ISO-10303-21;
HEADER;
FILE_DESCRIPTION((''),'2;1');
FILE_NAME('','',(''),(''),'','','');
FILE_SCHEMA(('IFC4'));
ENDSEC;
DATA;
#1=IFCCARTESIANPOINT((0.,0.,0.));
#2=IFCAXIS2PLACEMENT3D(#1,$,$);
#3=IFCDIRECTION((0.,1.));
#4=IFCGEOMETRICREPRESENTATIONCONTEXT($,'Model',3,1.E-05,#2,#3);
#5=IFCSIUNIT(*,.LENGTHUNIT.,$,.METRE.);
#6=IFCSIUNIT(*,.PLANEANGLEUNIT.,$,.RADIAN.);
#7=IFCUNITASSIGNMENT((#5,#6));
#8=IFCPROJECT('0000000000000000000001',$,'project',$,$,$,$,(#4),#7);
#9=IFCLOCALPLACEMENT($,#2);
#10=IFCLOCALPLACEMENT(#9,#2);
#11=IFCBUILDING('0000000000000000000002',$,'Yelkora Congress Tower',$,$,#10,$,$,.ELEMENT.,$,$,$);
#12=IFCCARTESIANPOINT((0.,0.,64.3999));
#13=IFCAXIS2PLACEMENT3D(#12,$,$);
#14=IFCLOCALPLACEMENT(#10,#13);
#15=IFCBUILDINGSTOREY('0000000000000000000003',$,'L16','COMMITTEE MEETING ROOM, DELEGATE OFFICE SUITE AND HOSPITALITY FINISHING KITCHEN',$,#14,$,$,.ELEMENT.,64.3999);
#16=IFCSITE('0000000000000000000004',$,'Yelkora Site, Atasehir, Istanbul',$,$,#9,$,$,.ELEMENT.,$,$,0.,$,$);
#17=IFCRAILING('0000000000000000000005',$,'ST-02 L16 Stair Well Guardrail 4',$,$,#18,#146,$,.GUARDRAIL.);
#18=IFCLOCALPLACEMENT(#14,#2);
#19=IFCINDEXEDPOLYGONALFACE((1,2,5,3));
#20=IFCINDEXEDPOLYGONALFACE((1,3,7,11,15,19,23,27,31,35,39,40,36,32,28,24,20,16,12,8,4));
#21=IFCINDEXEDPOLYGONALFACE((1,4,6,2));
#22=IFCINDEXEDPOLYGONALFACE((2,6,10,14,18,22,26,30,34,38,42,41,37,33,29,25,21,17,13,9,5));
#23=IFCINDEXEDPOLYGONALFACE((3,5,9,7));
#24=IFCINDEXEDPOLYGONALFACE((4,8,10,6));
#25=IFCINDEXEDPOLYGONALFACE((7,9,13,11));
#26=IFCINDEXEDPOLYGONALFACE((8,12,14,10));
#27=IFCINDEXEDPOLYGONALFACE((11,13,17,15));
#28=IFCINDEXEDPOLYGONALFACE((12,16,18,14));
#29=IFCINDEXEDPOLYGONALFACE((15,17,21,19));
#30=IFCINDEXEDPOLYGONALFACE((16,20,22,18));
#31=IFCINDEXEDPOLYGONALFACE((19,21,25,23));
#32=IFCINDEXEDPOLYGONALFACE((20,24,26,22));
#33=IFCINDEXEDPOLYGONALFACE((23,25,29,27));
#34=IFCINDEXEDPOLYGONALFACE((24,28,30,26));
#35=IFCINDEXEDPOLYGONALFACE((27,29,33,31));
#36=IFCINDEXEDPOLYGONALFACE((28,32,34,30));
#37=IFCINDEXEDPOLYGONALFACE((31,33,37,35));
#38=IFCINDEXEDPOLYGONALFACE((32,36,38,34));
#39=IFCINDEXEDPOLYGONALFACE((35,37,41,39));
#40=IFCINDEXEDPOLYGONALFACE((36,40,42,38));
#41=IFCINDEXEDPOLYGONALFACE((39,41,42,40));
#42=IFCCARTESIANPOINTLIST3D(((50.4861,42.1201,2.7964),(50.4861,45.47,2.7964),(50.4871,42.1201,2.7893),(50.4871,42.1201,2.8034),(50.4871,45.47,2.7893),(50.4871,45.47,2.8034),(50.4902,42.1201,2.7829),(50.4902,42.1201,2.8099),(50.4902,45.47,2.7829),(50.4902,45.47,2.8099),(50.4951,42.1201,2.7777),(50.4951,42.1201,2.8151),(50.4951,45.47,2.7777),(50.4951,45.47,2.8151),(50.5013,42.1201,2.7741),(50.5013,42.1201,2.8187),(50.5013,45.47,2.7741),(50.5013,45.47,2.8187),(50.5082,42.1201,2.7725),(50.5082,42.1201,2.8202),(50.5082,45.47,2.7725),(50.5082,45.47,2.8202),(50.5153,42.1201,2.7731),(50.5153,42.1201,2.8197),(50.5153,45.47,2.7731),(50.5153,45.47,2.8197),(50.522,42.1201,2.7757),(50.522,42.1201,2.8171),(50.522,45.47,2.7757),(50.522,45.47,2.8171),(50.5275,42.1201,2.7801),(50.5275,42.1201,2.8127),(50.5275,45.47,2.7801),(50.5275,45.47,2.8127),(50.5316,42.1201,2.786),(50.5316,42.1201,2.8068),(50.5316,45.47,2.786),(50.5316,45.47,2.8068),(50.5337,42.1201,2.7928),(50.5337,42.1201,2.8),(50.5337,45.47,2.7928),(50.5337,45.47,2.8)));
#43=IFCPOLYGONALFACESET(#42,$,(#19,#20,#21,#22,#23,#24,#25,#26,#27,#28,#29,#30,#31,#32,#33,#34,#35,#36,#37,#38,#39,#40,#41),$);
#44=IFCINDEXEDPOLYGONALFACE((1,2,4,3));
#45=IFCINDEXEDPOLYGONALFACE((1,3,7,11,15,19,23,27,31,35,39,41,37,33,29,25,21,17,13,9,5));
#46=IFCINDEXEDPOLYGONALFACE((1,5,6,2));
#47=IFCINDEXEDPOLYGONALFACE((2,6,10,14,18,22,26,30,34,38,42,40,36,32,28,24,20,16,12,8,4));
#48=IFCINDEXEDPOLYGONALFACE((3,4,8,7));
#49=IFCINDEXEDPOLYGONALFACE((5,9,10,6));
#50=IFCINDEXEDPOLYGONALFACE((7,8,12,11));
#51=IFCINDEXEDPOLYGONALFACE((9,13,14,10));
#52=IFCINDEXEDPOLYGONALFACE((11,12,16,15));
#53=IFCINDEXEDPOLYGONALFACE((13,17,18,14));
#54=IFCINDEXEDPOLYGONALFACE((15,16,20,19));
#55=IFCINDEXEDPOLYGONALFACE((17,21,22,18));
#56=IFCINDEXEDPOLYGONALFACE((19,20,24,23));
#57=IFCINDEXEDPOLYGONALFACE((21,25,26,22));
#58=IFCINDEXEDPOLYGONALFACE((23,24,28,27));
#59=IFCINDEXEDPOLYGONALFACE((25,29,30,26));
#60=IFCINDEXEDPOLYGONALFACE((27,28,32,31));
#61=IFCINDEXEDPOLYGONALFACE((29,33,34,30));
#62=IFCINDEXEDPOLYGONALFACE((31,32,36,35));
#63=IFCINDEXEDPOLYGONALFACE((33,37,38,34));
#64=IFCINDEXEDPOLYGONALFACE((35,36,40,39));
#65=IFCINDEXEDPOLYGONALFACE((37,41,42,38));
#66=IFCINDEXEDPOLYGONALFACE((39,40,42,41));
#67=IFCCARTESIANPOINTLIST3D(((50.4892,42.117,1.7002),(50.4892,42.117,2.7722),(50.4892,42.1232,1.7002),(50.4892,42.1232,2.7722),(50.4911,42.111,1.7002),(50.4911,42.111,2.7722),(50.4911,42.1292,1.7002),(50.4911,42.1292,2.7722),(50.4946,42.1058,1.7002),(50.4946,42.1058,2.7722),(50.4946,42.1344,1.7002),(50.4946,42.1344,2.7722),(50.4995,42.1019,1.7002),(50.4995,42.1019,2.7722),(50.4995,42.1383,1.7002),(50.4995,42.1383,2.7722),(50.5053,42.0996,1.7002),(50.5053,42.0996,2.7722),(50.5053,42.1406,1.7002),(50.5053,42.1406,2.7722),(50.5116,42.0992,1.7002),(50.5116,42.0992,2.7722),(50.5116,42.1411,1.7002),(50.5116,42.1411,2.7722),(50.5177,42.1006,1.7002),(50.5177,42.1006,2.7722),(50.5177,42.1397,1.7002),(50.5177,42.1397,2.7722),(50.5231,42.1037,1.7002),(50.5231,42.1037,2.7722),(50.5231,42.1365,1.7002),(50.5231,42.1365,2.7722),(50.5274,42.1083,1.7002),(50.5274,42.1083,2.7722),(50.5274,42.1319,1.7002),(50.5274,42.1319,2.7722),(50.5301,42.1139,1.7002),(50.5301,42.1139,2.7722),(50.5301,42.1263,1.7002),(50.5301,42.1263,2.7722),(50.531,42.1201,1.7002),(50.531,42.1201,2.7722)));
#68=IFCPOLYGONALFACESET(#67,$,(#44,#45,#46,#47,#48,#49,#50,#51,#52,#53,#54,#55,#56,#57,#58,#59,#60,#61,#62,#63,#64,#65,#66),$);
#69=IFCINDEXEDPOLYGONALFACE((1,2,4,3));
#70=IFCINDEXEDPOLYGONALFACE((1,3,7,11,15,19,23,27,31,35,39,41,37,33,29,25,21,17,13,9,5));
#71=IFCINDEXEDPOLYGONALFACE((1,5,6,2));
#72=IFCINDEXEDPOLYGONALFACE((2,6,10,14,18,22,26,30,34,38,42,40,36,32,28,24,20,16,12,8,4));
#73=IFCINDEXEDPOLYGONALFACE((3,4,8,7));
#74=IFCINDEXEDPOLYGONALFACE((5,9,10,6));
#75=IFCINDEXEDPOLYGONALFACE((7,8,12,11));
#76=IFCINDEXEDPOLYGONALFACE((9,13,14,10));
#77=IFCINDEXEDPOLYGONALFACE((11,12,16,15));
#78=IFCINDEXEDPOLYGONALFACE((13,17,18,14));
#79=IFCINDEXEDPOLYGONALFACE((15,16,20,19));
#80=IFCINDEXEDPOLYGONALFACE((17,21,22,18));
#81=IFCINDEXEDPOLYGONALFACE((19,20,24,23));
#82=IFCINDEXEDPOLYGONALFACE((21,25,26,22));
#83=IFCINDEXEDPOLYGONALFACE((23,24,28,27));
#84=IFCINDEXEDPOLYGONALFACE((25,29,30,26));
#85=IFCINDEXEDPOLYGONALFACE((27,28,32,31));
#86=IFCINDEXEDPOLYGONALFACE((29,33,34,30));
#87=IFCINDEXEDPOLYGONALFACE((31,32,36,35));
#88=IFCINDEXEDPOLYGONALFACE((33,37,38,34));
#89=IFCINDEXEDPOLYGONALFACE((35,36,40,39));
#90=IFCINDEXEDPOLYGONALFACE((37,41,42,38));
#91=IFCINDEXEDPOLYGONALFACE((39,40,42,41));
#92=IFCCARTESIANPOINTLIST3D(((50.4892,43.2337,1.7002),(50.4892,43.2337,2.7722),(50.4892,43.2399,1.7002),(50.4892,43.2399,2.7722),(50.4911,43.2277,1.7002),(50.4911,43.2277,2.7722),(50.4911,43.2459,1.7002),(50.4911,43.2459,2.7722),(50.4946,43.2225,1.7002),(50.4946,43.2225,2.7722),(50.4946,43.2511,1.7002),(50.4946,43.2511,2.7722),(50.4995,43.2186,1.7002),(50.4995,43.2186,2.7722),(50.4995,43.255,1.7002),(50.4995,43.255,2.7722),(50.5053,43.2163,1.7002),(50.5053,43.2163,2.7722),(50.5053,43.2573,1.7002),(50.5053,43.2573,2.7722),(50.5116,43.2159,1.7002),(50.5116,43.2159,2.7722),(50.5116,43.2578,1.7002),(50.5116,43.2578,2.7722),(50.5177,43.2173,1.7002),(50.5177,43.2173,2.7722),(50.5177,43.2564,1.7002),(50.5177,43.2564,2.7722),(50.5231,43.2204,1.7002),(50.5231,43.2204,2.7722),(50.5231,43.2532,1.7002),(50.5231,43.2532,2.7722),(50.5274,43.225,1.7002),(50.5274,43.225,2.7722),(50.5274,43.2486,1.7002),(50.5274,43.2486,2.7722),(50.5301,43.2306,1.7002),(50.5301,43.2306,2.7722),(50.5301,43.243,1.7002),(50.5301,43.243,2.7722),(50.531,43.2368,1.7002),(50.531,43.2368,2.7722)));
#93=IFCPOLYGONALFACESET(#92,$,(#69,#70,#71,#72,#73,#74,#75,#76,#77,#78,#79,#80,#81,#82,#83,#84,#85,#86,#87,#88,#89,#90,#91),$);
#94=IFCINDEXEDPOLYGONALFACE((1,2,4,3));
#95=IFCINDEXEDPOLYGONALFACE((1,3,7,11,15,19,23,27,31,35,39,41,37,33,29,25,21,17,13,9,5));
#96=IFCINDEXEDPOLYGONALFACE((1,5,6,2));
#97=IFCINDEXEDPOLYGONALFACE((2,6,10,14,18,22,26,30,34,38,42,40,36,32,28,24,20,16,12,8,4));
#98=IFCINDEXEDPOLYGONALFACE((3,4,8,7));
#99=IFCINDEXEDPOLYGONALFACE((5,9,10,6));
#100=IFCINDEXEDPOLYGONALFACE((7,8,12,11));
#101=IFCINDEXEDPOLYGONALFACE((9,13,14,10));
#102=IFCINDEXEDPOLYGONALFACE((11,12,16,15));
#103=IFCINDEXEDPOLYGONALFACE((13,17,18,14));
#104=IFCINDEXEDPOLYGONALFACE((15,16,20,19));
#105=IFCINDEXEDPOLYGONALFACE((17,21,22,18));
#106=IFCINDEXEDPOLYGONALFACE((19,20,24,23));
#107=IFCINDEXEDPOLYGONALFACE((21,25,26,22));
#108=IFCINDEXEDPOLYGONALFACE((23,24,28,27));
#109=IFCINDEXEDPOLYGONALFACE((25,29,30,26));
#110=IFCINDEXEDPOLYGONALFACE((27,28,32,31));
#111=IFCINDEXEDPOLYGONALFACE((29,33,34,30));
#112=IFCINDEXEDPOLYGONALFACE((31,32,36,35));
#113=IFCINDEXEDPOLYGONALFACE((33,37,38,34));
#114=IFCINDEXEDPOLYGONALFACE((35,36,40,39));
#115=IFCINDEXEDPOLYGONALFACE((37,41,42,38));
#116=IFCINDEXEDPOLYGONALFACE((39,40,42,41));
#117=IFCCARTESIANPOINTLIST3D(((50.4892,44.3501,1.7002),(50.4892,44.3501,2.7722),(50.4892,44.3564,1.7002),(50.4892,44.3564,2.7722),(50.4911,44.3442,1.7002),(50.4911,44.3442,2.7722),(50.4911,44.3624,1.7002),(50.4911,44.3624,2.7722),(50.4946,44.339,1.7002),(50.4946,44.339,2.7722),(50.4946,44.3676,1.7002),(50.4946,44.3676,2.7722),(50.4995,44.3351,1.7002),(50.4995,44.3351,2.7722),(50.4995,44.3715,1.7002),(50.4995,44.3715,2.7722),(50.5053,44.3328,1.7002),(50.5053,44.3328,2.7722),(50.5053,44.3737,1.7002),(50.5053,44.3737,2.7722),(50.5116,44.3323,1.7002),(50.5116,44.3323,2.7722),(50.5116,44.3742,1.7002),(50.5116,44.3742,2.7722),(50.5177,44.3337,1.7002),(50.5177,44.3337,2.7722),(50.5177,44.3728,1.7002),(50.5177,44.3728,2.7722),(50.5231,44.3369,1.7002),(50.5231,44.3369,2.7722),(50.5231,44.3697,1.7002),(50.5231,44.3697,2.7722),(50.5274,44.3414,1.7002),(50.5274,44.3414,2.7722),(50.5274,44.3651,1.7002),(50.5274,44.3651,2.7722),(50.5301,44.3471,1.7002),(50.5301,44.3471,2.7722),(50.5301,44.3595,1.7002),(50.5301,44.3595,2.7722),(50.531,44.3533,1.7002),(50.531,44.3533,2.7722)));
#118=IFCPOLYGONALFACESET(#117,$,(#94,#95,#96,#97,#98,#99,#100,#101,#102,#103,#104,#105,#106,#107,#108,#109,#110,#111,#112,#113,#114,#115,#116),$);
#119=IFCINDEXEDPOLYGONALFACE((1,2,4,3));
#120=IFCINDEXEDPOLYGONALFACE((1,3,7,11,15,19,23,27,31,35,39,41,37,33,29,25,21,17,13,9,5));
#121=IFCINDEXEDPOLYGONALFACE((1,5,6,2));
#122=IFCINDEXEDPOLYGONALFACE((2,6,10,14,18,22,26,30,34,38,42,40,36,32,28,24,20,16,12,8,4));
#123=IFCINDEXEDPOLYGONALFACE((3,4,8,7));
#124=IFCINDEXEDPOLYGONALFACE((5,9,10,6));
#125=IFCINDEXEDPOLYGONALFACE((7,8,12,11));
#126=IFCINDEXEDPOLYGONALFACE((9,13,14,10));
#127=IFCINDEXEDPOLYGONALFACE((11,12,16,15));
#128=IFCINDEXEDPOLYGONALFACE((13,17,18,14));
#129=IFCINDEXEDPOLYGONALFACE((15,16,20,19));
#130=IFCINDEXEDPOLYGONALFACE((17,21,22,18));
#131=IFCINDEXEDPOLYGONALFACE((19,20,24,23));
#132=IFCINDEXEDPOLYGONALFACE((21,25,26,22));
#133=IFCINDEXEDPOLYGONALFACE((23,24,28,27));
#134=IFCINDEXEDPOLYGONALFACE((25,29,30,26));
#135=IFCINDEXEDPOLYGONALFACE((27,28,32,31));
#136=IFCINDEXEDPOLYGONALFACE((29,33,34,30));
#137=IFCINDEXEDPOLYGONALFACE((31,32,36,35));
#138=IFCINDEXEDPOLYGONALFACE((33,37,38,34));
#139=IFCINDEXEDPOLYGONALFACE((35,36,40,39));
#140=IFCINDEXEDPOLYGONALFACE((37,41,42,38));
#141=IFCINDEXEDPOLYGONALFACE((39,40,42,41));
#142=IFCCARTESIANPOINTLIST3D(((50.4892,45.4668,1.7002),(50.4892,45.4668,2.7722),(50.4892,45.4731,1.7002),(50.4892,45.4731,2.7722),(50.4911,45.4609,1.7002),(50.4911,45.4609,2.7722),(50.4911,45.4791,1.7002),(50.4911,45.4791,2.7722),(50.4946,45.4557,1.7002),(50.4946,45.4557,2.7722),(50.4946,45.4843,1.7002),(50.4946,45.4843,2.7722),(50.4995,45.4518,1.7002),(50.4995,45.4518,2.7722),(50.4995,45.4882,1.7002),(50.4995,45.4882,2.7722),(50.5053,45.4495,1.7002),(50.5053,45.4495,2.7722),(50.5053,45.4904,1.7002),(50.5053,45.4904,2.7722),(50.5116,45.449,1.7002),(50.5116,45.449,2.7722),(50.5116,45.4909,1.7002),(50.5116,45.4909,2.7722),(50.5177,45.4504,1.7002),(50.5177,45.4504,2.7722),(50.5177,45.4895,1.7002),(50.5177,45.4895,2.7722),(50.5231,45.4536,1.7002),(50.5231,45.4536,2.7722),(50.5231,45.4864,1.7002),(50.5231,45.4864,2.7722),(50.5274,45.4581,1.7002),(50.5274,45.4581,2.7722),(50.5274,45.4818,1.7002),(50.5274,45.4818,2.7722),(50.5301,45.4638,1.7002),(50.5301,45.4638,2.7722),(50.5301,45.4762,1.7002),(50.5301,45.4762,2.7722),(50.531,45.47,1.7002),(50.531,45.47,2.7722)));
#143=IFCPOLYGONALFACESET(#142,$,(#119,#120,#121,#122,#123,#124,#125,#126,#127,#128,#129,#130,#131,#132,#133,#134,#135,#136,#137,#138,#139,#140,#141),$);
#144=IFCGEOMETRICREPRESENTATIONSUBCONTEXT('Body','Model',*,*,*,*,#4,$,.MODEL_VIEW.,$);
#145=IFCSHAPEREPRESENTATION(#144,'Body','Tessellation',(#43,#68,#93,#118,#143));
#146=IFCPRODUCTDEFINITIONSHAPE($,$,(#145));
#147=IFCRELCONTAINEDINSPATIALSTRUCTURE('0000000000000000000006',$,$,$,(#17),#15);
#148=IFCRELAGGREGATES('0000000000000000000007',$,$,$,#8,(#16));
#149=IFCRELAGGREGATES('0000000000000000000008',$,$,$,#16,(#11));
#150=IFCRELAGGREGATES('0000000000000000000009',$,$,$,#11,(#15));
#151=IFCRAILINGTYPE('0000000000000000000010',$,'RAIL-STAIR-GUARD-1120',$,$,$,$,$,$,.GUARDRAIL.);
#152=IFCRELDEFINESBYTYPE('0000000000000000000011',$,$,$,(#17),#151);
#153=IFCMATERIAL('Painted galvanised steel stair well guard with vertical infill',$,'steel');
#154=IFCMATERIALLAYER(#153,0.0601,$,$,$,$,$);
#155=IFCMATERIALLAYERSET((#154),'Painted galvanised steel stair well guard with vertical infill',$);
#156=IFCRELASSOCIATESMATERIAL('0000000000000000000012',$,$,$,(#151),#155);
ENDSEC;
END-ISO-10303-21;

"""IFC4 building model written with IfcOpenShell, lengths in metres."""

from ifc_helpers import new_model, si_unit, direction, frame, origin, origin_2d, place, context, subcontext, project, spatial, circle, extrude, material, layer, layer_set, type_object, element, save


model = new_model("IFC4")

# Units and contexts
model_context = context("Model", 3, precision=1e-05, world=origin(), true_north=direction((0.0, 1.0)))
body_context = subcontext(model_context, "Body", "Model", "MODEL_VIEW")
ifc_project = project(units=[si_unit("LENGTHUNIT", "METRE"), si_unit("PLANEANGLEUNIT", "RADIAN")], contexts=[model_context])

# Site, building, storey
site_placement = place(None, origin())
site = spatial("IfcSite", under=ifc_project, at=site_placement, Name="Yelkora Site, Atasehir, Istanbul", CompositionType="ELEMENT", RefElevation=0.0)
building_placement = place(site_placement, origin())
building = spatial("IfcBuilding", under=site, at=building_placement, Name="Yelkora Congress Tower", CompositionType="ELEMENT")
storey_placement = place(building_placement, frame((0.0, 0.0, 64.3999)))
storey = spatial("IfcBuildingStorey", under=building, at=storey_placement, Name="L16", Description="COMMITTEE MEETING ROOM, DELEGATE OFFICE SUITE AND HOSPITALITY FINISHING KITCHEN", CompositionType="ELEMENT", Elevation=64.3999)

# Railing
ifc_material_1 = material(Name="Painted galvanised steel stair well guard with vertical infill", Category="steel")
ifc_layer_1 = layer(ifc_material_1, 0.0601)
ifc_layer_set_1 = layer_set([ifc_layer_1], Name="Painted galvanised steel stair well guard with vertical infill")
railing_type_1 = type_object("IfcRailingType", Name="RAIL-STAIR-GUARD-1120", PredefinedType="GUARDRAIL", material=ifc_layer_set_1)
railing_1_placement = place(storey_placement, frame((50.51, 42.1201, 1.7002)))
element("IfcRailing", 1, at=railing_1_placement, inside=storey, type_object=railing_type_1, Name="ST-02 L16 Stair Well Guardrail 4", PredefinedType="GUARDRAIL", context=body_context, shape_type="SweptSolid", body=[
    extrude(circle(Radius=0.0239, at=origin_2d()), frame((0.0, 0.0, 1.0962), z_axis=(0.0, 1.0, 0.0), x_axis=(-1.0, 0.0, 0.0)), (0.0, 0.0, 1.0), 3.3499),
    extrude(circle(Radius=0.021, at=origin_2d()), origin(), (0.0, 0.0, 1.0), 1.072),
    extrude(circle(Radius=0.021, at=origin_2d()), frame((0.0, 1.1167, 0.0)), (0.0, 0.0, 1.0), 1.072),
    extrude(circle(Radius=0.021, at=origin_2d()), frame((0.0, 2.2332, 0.0)), (0.0, 0.0, 1.0), 1.072),
    extrude(circle(Radius=0.021, at=origin_2d()), frame((0.0, 3.3499, 0.0)), (0.0, 0.0, 1.0), 1.072),
])

save(model, "model.ifc")
